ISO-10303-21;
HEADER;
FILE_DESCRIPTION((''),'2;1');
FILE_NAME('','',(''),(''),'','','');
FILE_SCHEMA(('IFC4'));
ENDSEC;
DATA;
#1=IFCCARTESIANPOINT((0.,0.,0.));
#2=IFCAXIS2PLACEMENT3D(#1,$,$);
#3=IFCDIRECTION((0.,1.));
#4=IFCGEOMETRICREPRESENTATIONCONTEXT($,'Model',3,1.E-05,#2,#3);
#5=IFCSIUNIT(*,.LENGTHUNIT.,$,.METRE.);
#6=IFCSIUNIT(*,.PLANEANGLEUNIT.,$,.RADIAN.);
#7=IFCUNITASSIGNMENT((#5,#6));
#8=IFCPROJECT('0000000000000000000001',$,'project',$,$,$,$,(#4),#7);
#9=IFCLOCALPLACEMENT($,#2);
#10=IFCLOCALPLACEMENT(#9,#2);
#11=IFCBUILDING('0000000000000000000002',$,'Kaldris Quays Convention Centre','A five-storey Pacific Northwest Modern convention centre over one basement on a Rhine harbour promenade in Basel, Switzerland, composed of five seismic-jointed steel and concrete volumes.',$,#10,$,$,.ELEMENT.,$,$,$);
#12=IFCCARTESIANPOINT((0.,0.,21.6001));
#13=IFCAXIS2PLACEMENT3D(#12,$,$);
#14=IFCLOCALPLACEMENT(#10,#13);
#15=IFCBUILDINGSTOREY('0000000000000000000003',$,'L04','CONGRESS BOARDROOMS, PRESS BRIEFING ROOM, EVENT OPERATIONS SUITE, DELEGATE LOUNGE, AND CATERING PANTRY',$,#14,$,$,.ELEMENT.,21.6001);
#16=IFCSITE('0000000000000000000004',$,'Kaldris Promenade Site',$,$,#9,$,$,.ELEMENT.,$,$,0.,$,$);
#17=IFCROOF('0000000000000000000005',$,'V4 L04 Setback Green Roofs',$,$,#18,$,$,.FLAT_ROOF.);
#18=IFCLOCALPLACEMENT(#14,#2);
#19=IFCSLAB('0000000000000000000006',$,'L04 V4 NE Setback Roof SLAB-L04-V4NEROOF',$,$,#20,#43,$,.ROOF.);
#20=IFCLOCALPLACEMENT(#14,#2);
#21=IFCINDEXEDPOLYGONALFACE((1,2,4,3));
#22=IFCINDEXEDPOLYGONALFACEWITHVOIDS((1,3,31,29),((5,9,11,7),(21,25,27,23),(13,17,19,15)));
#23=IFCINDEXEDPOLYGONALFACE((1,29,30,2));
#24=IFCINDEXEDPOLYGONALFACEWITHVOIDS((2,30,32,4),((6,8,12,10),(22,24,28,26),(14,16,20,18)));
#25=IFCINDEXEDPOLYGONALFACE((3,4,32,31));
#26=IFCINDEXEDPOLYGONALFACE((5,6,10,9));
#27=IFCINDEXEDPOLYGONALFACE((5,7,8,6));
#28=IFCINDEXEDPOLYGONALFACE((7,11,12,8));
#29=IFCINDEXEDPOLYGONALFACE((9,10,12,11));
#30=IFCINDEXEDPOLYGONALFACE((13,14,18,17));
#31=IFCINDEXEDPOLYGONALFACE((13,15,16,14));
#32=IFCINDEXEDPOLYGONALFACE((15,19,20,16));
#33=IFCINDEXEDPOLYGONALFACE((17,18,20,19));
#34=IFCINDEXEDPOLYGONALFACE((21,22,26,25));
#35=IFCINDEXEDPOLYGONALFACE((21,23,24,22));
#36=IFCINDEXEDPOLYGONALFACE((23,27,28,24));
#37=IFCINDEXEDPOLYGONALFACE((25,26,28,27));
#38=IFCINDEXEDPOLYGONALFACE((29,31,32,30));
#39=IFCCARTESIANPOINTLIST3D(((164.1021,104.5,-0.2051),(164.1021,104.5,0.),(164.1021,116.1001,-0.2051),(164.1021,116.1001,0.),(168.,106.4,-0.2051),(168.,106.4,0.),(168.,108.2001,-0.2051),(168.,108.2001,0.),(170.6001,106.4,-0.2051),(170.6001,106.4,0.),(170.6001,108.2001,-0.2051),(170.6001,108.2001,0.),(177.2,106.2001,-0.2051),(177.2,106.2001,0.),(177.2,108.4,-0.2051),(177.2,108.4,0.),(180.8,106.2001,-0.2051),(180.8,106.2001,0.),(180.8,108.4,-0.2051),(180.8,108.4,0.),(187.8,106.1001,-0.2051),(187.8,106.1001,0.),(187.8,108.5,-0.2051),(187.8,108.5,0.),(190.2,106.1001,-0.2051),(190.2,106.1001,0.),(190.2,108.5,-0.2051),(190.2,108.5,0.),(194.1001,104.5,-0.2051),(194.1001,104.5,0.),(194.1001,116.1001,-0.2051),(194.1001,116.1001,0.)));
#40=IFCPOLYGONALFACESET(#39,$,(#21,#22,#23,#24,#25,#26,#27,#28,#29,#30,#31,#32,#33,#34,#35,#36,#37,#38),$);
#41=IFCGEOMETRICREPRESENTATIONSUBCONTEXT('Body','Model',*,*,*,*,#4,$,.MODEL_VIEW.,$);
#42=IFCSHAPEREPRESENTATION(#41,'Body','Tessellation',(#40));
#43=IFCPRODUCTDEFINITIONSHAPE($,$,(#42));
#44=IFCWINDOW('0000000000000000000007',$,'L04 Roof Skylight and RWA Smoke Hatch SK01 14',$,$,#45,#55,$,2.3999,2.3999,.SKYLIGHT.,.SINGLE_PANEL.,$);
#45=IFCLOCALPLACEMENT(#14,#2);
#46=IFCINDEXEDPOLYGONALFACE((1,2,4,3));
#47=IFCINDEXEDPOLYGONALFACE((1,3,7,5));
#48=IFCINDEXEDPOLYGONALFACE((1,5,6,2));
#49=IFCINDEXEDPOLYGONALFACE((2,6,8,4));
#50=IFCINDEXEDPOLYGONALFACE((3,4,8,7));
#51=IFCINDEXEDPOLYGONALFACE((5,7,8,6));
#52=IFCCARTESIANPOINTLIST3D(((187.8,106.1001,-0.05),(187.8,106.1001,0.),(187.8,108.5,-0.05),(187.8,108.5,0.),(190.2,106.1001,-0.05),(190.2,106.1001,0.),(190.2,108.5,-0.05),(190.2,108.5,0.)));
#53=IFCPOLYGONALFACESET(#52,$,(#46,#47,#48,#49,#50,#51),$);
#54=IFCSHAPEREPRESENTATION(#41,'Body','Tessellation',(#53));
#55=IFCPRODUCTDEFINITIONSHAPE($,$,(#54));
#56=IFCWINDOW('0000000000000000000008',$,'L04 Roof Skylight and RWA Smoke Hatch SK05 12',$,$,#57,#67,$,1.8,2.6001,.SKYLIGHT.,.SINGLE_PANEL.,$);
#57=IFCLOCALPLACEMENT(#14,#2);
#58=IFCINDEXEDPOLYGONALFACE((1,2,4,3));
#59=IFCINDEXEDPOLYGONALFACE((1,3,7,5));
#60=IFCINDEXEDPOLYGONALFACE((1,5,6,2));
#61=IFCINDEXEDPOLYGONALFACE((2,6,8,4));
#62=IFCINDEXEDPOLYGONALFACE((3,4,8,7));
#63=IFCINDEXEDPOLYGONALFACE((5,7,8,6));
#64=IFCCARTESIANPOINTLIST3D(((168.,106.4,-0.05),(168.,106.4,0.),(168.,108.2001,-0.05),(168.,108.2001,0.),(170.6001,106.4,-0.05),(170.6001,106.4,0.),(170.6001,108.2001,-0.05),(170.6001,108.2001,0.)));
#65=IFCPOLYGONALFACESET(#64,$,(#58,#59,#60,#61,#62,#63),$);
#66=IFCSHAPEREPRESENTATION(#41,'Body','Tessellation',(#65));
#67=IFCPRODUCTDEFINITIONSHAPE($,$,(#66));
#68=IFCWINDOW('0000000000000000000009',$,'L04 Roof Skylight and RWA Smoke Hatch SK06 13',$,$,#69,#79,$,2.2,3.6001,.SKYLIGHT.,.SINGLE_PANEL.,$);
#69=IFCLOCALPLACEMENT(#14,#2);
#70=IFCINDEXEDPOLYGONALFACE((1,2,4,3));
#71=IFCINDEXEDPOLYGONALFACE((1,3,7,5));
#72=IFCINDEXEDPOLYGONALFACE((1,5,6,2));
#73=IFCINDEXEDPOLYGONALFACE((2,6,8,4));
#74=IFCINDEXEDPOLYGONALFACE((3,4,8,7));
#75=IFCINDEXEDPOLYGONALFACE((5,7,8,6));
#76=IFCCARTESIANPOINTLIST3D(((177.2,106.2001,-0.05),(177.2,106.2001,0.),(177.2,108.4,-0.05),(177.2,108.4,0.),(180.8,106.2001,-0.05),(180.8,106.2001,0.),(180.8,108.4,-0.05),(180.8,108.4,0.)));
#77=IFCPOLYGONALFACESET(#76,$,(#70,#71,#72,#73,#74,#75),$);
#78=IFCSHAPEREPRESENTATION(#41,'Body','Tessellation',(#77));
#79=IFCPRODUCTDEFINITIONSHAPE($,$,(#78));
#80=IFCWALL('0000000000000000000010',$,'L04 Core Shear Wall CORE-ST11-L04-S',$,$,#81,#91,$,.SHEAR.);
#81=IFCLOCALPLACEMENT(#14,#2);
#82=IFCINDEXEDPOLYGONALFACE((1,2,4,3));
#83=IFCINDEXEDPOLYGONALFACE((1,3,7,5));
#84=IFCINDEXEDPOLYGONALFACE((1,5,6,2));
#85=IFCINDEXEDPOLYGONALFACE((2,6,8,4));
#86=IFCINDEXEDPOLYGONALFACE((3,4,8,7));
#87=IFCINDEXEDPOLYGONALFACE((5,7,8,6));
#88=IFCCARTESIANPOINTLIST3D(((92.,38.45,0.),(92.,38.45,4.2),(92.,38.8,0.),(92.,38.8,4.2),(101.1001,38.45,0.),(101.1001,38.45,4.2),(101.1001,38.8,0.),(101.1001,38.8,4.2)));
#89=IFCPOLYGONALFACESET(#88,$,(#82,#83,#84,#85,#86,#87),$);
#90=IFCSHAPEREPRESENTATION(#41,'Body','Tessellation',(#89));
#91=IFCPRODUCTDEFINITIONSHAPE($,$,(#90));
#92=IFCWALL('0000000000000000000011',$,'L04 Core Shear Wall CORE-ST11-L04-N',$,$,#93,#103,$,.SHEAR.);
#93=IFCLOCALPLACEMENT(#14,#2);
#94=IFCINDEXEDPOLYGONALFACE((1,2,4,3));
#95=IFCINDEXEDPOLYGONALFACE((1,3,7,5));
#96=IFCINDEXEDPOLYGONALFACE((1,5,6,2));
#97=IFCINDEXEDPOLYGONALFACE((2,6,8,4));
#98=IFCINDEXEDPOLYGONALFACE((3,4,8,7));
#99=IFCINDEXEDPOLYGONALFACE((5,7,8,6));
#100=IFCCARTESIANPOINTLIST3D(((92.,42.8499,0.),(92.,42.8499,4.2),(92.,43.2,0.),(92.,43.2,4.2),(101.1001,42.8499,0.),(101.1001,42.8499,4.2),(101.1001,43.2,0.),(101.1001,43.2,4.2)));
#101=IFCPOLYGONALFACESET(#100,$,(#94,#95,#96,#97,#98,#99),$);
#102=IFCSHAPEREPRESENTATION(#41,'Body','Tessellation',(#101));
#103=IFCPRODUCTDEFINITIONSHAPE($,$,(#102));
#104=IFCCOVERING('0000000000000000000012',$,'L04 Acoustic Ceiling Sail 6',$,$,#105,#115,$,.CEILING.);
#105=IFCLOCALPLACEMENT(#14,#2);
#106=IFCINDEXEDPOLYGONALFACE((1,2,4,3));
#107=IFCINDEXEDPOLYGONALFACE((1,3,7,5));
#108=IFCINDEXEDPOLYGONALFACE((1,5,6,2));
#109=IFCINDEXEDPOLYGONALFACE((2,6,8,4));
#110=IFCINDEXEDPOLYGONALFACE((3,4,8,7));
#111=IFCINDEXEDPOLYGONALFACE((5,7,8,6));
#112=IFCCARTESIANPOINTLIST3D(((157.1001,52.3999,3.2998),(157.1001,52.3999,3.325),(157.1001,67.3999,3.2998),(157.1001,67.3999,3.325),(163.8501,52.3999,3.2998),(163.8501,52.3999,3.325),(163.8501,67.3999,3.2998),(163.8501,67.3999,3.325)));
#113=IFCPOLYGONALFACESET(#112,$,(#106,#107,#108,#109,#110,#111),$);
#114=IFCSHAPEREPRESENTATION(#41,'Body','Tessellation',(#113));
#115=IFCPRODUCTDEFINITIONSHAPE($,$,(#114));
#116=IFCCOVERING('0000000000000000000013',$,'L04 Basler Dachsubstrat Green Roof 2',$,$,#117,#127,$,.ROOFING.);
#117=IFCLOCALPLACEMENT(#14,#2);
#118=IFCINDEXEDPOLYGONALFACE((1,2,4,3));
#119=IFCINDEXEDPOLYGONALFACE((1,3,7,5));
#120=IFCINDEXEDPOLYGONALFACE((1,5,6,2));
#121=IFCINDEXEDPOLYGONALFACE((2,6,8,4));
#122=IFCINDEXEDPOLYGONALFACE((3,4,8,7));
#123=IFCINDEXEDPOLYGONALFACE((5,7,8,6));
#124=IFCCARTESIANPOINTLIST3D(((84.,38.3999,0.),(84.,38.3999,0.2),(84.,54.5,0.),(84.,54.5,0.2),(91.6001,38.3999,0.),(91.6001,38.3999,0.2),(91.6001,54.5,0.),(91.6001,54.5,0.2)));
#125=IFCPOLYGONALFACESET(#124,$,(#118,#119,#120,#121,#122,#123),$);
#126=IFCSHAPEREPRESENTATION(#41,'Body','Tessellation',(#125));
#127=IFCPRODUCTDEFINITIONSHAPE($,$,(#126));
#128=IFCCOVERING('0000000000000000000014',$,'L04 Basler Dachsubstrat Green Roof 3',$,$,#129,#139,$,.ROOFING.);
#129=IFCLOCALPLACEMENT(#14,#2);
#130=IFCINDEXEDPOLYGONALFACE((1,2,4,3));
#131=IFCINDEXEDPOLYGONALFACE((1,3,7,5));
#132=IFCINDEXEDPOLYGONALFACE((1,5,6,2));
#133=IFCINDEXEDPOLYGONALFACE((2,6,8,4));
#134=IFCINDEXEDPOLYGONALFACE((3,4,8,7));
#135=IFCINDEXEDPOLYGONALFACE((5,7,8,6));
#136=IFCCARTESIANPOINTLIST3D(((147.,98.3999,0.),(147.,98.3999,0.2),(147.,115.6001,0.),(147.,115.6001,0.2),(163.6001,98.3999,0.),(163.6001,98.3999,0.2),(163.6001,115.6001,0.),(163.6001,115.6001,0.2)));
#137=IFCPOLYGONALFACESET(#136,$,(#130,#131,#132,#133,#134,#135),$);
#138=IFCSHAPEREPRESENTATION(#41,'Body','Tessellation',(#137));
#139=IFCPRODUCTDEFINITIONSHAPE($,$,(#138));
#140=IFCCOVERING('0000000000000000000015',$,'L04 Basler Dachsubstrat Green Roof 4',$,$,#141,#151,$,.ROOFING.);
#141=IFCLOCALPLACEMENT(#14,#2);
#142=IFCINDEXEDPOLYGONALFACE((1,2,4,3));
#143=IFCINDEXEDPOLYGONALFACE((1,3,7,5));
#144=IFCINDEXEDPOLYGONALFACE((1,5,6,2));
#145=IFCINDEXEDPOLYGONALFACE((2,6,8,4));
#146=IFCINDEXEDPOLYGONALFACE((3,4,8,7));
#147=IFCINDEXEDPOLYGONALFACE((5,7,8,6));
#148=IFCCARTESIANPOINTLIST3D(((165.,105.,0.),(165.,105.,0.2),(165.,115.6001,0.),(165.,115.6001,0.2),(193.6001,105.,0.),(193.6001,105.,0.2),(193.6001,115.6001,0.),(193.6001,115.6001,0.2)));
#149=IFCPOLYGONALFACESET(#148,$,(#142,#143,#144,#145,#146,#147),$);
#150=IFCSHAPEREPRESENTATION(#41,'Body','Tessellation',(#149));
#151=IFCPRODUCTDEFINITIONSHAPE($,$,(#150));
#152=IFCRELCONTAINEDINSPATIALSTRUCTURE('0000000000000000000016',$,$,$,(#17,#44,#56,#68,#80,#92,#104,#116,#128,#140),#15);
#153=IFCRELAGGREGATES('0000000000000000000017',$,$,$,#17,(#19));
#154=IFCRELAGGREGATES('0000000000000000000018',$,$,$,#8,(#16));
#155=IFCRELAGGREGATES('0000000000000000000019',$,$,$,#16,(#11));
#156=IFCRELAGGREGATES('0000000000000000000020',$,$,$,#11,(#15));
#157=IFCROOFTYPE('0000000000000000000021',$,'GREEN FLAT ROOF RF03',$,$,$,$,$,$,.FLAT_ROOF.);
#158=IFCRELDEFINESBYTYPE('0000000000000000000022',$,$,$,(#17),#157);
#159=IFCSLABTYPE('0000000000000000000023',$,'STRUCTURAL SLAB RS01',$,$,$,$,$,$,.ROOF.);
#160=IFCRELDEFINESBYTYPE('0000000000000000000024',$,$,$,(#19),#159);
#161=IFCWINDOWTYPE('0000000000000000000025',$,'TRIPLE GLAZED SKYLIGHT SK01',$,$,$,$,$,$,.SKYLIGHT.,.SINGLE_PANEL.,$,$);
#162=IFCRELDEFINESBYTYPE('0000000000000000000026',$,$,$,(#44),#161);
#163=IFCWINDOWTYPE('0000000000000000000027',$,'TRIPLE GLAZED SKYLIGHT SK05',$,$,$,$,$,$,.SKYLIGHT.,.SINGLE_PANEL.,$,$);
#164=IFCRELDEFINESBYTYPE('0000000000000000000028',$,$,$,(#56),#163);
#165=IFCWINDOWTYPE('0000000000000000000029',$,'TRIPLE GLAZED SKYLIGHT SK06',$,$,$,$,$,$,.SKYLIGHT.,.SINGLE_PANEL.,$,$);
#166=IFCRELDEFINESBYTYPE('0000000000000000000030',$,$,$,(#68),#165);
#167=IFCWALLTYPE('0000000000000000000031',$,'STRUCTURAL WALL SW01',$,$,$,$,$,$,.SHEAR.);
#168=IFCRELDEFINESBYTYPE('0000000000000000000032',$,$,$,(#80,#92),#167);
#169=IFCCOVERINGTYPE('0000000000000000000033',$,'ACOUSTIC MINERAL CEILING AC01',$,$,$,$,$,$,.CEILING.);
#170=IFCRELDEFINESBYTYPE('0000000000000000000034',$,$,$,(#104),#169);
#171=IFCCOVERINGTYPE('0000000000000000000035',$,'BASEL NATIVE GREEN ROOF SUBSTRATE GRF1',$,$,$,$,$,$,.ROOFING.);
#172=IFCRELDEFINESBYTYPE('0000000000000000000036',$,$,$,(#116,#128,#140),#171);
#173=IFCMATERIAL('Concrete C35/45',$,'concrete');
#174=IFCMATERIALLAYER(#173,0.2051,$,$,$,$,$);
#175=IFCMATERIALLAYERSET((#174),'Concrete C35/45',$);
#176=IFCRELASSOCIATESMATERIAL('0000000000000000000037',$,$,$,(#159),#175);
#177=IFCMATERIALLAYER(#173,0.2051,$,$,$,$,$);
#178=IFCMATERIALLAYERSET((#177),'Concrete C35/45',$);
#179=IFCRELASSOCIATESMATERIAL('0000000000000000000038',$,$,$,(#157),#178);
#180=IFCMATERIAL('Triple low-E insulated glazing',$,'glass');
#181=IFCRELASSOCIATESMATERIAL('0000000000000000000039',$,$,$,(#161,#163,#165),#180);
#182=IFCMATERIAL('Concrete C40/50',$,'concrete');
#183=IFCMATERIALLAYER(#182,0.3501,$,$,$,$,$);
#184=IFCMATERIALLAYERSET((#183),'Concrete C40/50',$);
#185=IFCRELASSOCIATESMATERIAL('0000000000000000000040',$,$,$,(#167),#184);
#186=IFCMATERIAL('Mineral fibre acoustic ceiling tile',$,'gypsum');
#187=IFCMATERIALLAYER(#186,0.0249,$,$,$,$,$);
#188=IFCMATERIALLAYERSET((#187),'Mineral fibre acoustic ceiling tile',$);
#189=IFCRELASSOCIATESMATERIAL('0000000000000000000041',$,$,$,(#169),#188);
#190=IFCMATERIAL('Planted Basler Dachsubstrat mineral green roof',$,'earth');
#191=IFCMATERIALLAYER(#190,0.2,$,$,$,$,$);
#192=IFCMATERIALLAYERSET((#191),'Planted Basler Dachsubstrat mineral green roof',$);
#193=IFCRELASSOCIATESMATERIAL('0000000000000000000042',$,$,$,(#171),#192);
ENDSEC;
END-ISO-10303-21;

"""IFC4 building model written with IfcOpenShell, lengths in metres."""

from ifc_helpers import new_model, si_unit, direction, frame, frame_2d, origin, origin_2d, place, context, subcontext, project, spatial, polyline, rectangle, outline, extrude, material, layer, layer_set, type_object, element, fill, aggregate, save


model = new_model("IFC4")

# Units and contexts
model_context = context("Model", 3, precision=1e-05, world=origin(), true_north=direction((0.0, 1.0)))
body_context = subcontext(model_context, "Body", "Model", "MODEL_VIEW")
ifc_project = project(units=[si_unit("LENGTHUNIT", "METRE"), si_unit("PLANEANGLEUNIT", "RADIAN")], contexts=[model_context])

# Site, building, storey
site_placement = place(None, origin())
site = spatial("IfcSite", under=ifc_project, at=site_placement, Name="Kaldris Promenade Site", CompositionType="ELEMENT", RefElevation=0.0)
building_placement = place(site_placement, origin())
building = spatial("IfcBuilding", under=site, at=building_placement, Name="Kaldris Quays Convention Centre", Description="A five-storey Pacific Northwest Modern convention centre over one basement on a Rhine harbour promenade in Basel, Switzerland, composed of five seismic-jointed steel and concrete volumes.", CompositionType="ELEMENT")
storey_placement = place(building_placement, frame((0.0, 0.0, 21.6001)))
storey = spatial("IfcBuildingStorey", under=building, at=storey_placement, Name="L04", Description="CONGRESS BOARDROOMS, PRESS BRIEFING ROOM, EVENT OPERATIONS SUITE, DELEGATE LOUNGE, AND CATERING PANTRY", CompositionType="ELEMENT", Elevation=21.6001)

# Shared definitions
ifc_material_1 = material(Name="Concrete C35/45", Category="concrete")
ifc_layer_1 = layer(ifc_material_1, 0.2051)
ifc_layer_set_1 = layer_set([ifc_layer_1], Name="Concrete C35/45")
slab_type_1 = type_object("IfcSlabType", Name="STRUCTURAL SLAB RS01", PredefinedType="ROOF", material=ifc_layer_set_1)

# Roof, slab, openings, windows
ifc_layer_2 = layer(ifc_material_1, 0.2051)
ifc_layer_set_2 = layer_set([ifc_layer_2], Name="Concrete C35/45")
roof_type = type_object("IfcRoofType", Name="GREEN FLAT ROOF RF03", PredefinedType="FLAT_ROOF", material=ifc_layer_set_2)
roof_placement = place(storey_placement, origin())
roof = element("IfcRoof", 1, at=roof_placement, inside=storey, type_object=roof_type, Name="V4 L04 Setback Green Roofs", PredefinedType="FLAT_ROOF")
slab_1_placement = place(storey_placement, frame((0.0, 0.0, -0.2051)))
slab_1 = element("IfcSlab", 2, at=slab_1_placement, type_object=slab_type_1, Name="L04 V4 NE Setback Roof SLAB-L04-V4NEROOF", PredefinedType="ROOF", context=body_context, shape_type="SweptSolid", body=[
    extrude(outline(polyline([(194.1001, 116.1001), (194.1001, 104.5), (164.1021, 104.5), (164.1021, 116.1001), (194.1001, 116.1001)])), origin(), (0.0, 0.0, 1.0), 0.2051),
])
opening_1_placement = place(slab_1_placement, frame((169.3, 107.3, 0.0)))
opening_1 = element("IfcOpeningElement", 3, at=opening_1_placement, cuts=slab_1, PredefinedType="OPENING", context=body_context, shape_type="SweptSolid", body=[
    extrude(rectangle(XDim=2.6001, YDim=1.8, at=origin_2d()), frame((0.0, 0.0, -0.01)), (0.0, 0.0, 1.0), 0.2251),
])
opening_2_placement = place(slab_1_placement, frame((179.0, 107.3, 0.0)))
opening_2 = element("IfcOpeningElement", 4, at=opening_2_placement, cuts=slab_1, PredefinedType="OPENING", context=body_context, shape_type="SweptSolid", body=[
    extrude(rectangle(XDim=3.6001, YDim=2.2, at=origin_2d()), frame((0.0, 0.0, -0.01)), (0.0, 0.0, 1.0), 0.2251),
])
opening_3_placement = place(slab_1_placement, frame((189.0, 107.3, 0.0)))
opening_3 = element("IfcOpeningElement", 5, at=opening_3_placement, cuts=slab_1, PredefinedType="OPENING", context=body_context, shape_type="SweptSolid", body=[
    extrude(rectangle(XDim=2.3999, YDim=2.3999, at=origin_2d()), frame((0.0, 0.0, -0.01)), (0.0, 0.0, 1.0), 0.2251),
])
ifc_material_2 = material(Name="Triple low-E insulated glazing", Category="glass")
window_type_1 = type_object("IfcWindowType", Name="TRIPLE GLAZED SKYLIGHT SK01", PartitioningType="SINGLE_PANEL", PredefinedType="SKYLIGHT", material=ifc_material_2)
window_1_placement = place(opening_3_placement, frame((0.0, 0.0, 0.155)))
window_1 = element("IfcWindow", 6, at=window_1_placement, inside=storey, type_object=window_type_1, Name="L04 Roof Skylight and RWA Smoke Hatch SK01 14", OverallHeight=2.3999, OverallWidth=2.3999, PartitioningType="SINGLE_PANEL", PredefinedType="SKYLIGHT", context=body_context, shape_type="SweptSolid", body=[
    extrude(rectangle(XDim=2.3999, YDim=2.3999, at=origin_2d()), origin(), (0.0, 0.0, 1.0), 0.05),
])
fill(opening_3, window_1)
window_type_2 = type_object("IfcWindowType", Name="TRIPLE GLAZED SKYLIGHT SK05", PartitioningType="SINGLE_PANEL", PredefinedType="SKYLIGHT", material=ifc_material_2)
window_2_placement = place(opening_1_placement, frame((0.0, 0.0, 0.155)))
window_2 = element("IfcWindow", 7, at=window_2_placement, inside=storey, type_object=window_type_2, Name="L04 Roof Skylight and RWA Smoke Hatch SK05 12", OverallHeight=1.8, OverallWidth=2.6001, PartitioningType="SINGLE_PANEL", PredefinedType="SKYLIGHT", context=body_context, shape_type="SweptSolid", body=[
    extrude(rectangle(XDim=2.6001, YDim=1.8, at=origin_2d()), origin(), (0.0, 0.0, 1.0), 0.05),
])
fill(opening_1, window_2)
window_type_3 = type_object("IfcWindowType", Name="TRIPLE GLAZED SKYLIGHT SK06", PartitioningType="SINGLE_PANEL", PredefinedType="SKYLIGHT", material=ifc_material_2)
window_3_placement = place(opening_2_placement, frame((0.0, 0.0, 0.155)))
window_3 = element("IfcWindow", 8, at=window_3_placement, inside=storey, type_object=window_type_3, Name="L04 Roof Skylight and RWA Smoke Hatch SK06 13", OverallHeight=2.2, OverallWidth=3.6001, PartitioningType="SINGLE_PANEL", PredefinedType="SKYLIGHT", context=body_context, shape_type="SweptSolid", body=[
    extrude(rectangle(XDim=3.6001, YDim=2.2, at=origin_2d()), origin(), (0.0, 0.0, 1.0), 0.05),
])
fill(opening_2, window_3)
aggregate(roof, [slab_1])

# Walls
ifc_material_3 = material(Name="Concrete C40/50", Category="concrete")
ifc_layer_3 = layer(ifc_material_3, 0.3501)
ifc_layer_set_3 = layer_set([ifc_layer_3], Name="Concrete C40/50")
wall_type = type_object("IfcWallType", Name="STRUCTURAL WALL SW01", PredefinedType="SHEAR", material=ifc_layer_set_3)
for number, where, z_axis, x_axis, name in (
    (9, (92.0, 38.625, 0.0), (0.0, 0.0, 1.0), (1.0, 0.0, 0.0), "L04 Core Shear Wall CORE-ST11-L04-S"),
    (10, (92.0, 43.0249, 0.0), (0.0, 0.0, 1.0), (1.0, 0.0, 0.0), "L04 Core Shear Wall CORE-ST11-L04-N"),
):
    element("IfcWall", number, at=place(storey_placement, frame(where, z_axis=z_axis, x_axis=x_axis)), inside=storey, type_object=wall_type, Name=name, PredefinedType="SHEAR", context=body_context, shape_type="SweptSolid", body=[
        extrude(rectangle(XDim=9.1001, YDim=0.3501, at=frame_2d((4.55, 0.0))), origin(), (0.0, 0.0, 1.0), 4.2),
    ])

# Coverings
ifc_material_4 = material(Name="Mineral fibre acoustic ceiling tile", Category="gypsum")
ifc_layer_4 = layer(ifc_material_4, 0.0249)
ifc_layer_set_4 = layer_set([ifc_layer_4], Name="Mineral fibre acoustic ceiling tile")
covering_type_1 = type_object("IfcCoveringType", Name="ACOUSTIC MINERAL CEILING AC01", PredefinedType="CEILING", material=ifc_layer_set_4)
covering_1_placement = place(storey_placement, frame((0.0, 0.0, 3.2998)))
element("IfcCovering", 11, at=covering_1_placement, inside=storey, type_object=covering_type_1, Name="L04 Acoustic Ceiling Sail 6", PredefinedType="CEILING", context=body_context, shape_type="SweptSolid", body=[
    extrude(outline(polyline([(157.1001, 52.3999), (163.8501, 52.3999), (163.8501, 67.3999), (157.1001, 67.3999), (157.1001, 52.3999)])), origin(), (0.0, 0.0, 1.0), 0.0251),
])
ifc_material_5 = material(Name="Planted Basler Dachsubstrat mineral green roof", Category="earth")
ifc_layer_5 = layer(ifc_material_5, 0.2)
ifc_layer_set_5 = layer_set([ifc_layer_5], Name="Planted Basler Dachsubstrat mineral green roof")
covering_type_2 = type_object("IfcCoveringType", Name="BASEL NATIVE GREEN ROOF SUBSTRATE GRF1", PredefinedType="ROOFING", material=ifc_layer_set_5)
covering_2_placement = place(storey_placement, origin())
element("IfcCovering", 12, at=covering_2_placement, inside=storey, type_object=covering_type_2, Name="L04 Basler Dachsubstrat Green Roof 2", PredefinedType="ROOFING", context=body_context, shape_type="SweptSolid", body=[
    extrude(outline(polyline([(84.0, 38.3999), (91.6001, 38.3999), (91.6001, 54.5), (84.0, 54.5), (84.0, 38.3999)])), origin(), (0.0, 0.0, 1.0), 0.2),
])
covering_3_placement = place(storey_placement, origin())
element("IfcCovering", 13, at=covering_3_placement, inside=storey, type_object=covering_type_2, Name="L04 Basler Dachsubstrat Green Roof 3", PredefinedType="ROOFING", context=body_context, shape_type="SweptSolid", body=[
    extrude(outline(polyline([(147.0, 98.3999), (163.6001, 98.3999), (163.6001, 115.6001), (147.0, 115.6001), (147.0, 98.3999)])), origin(), (0.0, 0.0, 1.0), 0.2),
])
covering_4_placement = place(storey_placement, origin())
element("IfcCovering", 14, at=covering_4_placement, inside=storey, type_object=covering_type_2, Name="L04 Basler Dachsubstrat Green Roof 4", PredefinedType="ROOFING", context=body_context, shape_type="SweptSolid", body=[
    extrude(outline(polyline([(165.0, 105.0), (193.6001, 105.0), (193.6001, 115.6001), (165.0, 115.6001), (165.0, 105.0)])), origin(), (0.0, 0.0, 1.0), 0.2),
])

save(model, "model.ifc")
